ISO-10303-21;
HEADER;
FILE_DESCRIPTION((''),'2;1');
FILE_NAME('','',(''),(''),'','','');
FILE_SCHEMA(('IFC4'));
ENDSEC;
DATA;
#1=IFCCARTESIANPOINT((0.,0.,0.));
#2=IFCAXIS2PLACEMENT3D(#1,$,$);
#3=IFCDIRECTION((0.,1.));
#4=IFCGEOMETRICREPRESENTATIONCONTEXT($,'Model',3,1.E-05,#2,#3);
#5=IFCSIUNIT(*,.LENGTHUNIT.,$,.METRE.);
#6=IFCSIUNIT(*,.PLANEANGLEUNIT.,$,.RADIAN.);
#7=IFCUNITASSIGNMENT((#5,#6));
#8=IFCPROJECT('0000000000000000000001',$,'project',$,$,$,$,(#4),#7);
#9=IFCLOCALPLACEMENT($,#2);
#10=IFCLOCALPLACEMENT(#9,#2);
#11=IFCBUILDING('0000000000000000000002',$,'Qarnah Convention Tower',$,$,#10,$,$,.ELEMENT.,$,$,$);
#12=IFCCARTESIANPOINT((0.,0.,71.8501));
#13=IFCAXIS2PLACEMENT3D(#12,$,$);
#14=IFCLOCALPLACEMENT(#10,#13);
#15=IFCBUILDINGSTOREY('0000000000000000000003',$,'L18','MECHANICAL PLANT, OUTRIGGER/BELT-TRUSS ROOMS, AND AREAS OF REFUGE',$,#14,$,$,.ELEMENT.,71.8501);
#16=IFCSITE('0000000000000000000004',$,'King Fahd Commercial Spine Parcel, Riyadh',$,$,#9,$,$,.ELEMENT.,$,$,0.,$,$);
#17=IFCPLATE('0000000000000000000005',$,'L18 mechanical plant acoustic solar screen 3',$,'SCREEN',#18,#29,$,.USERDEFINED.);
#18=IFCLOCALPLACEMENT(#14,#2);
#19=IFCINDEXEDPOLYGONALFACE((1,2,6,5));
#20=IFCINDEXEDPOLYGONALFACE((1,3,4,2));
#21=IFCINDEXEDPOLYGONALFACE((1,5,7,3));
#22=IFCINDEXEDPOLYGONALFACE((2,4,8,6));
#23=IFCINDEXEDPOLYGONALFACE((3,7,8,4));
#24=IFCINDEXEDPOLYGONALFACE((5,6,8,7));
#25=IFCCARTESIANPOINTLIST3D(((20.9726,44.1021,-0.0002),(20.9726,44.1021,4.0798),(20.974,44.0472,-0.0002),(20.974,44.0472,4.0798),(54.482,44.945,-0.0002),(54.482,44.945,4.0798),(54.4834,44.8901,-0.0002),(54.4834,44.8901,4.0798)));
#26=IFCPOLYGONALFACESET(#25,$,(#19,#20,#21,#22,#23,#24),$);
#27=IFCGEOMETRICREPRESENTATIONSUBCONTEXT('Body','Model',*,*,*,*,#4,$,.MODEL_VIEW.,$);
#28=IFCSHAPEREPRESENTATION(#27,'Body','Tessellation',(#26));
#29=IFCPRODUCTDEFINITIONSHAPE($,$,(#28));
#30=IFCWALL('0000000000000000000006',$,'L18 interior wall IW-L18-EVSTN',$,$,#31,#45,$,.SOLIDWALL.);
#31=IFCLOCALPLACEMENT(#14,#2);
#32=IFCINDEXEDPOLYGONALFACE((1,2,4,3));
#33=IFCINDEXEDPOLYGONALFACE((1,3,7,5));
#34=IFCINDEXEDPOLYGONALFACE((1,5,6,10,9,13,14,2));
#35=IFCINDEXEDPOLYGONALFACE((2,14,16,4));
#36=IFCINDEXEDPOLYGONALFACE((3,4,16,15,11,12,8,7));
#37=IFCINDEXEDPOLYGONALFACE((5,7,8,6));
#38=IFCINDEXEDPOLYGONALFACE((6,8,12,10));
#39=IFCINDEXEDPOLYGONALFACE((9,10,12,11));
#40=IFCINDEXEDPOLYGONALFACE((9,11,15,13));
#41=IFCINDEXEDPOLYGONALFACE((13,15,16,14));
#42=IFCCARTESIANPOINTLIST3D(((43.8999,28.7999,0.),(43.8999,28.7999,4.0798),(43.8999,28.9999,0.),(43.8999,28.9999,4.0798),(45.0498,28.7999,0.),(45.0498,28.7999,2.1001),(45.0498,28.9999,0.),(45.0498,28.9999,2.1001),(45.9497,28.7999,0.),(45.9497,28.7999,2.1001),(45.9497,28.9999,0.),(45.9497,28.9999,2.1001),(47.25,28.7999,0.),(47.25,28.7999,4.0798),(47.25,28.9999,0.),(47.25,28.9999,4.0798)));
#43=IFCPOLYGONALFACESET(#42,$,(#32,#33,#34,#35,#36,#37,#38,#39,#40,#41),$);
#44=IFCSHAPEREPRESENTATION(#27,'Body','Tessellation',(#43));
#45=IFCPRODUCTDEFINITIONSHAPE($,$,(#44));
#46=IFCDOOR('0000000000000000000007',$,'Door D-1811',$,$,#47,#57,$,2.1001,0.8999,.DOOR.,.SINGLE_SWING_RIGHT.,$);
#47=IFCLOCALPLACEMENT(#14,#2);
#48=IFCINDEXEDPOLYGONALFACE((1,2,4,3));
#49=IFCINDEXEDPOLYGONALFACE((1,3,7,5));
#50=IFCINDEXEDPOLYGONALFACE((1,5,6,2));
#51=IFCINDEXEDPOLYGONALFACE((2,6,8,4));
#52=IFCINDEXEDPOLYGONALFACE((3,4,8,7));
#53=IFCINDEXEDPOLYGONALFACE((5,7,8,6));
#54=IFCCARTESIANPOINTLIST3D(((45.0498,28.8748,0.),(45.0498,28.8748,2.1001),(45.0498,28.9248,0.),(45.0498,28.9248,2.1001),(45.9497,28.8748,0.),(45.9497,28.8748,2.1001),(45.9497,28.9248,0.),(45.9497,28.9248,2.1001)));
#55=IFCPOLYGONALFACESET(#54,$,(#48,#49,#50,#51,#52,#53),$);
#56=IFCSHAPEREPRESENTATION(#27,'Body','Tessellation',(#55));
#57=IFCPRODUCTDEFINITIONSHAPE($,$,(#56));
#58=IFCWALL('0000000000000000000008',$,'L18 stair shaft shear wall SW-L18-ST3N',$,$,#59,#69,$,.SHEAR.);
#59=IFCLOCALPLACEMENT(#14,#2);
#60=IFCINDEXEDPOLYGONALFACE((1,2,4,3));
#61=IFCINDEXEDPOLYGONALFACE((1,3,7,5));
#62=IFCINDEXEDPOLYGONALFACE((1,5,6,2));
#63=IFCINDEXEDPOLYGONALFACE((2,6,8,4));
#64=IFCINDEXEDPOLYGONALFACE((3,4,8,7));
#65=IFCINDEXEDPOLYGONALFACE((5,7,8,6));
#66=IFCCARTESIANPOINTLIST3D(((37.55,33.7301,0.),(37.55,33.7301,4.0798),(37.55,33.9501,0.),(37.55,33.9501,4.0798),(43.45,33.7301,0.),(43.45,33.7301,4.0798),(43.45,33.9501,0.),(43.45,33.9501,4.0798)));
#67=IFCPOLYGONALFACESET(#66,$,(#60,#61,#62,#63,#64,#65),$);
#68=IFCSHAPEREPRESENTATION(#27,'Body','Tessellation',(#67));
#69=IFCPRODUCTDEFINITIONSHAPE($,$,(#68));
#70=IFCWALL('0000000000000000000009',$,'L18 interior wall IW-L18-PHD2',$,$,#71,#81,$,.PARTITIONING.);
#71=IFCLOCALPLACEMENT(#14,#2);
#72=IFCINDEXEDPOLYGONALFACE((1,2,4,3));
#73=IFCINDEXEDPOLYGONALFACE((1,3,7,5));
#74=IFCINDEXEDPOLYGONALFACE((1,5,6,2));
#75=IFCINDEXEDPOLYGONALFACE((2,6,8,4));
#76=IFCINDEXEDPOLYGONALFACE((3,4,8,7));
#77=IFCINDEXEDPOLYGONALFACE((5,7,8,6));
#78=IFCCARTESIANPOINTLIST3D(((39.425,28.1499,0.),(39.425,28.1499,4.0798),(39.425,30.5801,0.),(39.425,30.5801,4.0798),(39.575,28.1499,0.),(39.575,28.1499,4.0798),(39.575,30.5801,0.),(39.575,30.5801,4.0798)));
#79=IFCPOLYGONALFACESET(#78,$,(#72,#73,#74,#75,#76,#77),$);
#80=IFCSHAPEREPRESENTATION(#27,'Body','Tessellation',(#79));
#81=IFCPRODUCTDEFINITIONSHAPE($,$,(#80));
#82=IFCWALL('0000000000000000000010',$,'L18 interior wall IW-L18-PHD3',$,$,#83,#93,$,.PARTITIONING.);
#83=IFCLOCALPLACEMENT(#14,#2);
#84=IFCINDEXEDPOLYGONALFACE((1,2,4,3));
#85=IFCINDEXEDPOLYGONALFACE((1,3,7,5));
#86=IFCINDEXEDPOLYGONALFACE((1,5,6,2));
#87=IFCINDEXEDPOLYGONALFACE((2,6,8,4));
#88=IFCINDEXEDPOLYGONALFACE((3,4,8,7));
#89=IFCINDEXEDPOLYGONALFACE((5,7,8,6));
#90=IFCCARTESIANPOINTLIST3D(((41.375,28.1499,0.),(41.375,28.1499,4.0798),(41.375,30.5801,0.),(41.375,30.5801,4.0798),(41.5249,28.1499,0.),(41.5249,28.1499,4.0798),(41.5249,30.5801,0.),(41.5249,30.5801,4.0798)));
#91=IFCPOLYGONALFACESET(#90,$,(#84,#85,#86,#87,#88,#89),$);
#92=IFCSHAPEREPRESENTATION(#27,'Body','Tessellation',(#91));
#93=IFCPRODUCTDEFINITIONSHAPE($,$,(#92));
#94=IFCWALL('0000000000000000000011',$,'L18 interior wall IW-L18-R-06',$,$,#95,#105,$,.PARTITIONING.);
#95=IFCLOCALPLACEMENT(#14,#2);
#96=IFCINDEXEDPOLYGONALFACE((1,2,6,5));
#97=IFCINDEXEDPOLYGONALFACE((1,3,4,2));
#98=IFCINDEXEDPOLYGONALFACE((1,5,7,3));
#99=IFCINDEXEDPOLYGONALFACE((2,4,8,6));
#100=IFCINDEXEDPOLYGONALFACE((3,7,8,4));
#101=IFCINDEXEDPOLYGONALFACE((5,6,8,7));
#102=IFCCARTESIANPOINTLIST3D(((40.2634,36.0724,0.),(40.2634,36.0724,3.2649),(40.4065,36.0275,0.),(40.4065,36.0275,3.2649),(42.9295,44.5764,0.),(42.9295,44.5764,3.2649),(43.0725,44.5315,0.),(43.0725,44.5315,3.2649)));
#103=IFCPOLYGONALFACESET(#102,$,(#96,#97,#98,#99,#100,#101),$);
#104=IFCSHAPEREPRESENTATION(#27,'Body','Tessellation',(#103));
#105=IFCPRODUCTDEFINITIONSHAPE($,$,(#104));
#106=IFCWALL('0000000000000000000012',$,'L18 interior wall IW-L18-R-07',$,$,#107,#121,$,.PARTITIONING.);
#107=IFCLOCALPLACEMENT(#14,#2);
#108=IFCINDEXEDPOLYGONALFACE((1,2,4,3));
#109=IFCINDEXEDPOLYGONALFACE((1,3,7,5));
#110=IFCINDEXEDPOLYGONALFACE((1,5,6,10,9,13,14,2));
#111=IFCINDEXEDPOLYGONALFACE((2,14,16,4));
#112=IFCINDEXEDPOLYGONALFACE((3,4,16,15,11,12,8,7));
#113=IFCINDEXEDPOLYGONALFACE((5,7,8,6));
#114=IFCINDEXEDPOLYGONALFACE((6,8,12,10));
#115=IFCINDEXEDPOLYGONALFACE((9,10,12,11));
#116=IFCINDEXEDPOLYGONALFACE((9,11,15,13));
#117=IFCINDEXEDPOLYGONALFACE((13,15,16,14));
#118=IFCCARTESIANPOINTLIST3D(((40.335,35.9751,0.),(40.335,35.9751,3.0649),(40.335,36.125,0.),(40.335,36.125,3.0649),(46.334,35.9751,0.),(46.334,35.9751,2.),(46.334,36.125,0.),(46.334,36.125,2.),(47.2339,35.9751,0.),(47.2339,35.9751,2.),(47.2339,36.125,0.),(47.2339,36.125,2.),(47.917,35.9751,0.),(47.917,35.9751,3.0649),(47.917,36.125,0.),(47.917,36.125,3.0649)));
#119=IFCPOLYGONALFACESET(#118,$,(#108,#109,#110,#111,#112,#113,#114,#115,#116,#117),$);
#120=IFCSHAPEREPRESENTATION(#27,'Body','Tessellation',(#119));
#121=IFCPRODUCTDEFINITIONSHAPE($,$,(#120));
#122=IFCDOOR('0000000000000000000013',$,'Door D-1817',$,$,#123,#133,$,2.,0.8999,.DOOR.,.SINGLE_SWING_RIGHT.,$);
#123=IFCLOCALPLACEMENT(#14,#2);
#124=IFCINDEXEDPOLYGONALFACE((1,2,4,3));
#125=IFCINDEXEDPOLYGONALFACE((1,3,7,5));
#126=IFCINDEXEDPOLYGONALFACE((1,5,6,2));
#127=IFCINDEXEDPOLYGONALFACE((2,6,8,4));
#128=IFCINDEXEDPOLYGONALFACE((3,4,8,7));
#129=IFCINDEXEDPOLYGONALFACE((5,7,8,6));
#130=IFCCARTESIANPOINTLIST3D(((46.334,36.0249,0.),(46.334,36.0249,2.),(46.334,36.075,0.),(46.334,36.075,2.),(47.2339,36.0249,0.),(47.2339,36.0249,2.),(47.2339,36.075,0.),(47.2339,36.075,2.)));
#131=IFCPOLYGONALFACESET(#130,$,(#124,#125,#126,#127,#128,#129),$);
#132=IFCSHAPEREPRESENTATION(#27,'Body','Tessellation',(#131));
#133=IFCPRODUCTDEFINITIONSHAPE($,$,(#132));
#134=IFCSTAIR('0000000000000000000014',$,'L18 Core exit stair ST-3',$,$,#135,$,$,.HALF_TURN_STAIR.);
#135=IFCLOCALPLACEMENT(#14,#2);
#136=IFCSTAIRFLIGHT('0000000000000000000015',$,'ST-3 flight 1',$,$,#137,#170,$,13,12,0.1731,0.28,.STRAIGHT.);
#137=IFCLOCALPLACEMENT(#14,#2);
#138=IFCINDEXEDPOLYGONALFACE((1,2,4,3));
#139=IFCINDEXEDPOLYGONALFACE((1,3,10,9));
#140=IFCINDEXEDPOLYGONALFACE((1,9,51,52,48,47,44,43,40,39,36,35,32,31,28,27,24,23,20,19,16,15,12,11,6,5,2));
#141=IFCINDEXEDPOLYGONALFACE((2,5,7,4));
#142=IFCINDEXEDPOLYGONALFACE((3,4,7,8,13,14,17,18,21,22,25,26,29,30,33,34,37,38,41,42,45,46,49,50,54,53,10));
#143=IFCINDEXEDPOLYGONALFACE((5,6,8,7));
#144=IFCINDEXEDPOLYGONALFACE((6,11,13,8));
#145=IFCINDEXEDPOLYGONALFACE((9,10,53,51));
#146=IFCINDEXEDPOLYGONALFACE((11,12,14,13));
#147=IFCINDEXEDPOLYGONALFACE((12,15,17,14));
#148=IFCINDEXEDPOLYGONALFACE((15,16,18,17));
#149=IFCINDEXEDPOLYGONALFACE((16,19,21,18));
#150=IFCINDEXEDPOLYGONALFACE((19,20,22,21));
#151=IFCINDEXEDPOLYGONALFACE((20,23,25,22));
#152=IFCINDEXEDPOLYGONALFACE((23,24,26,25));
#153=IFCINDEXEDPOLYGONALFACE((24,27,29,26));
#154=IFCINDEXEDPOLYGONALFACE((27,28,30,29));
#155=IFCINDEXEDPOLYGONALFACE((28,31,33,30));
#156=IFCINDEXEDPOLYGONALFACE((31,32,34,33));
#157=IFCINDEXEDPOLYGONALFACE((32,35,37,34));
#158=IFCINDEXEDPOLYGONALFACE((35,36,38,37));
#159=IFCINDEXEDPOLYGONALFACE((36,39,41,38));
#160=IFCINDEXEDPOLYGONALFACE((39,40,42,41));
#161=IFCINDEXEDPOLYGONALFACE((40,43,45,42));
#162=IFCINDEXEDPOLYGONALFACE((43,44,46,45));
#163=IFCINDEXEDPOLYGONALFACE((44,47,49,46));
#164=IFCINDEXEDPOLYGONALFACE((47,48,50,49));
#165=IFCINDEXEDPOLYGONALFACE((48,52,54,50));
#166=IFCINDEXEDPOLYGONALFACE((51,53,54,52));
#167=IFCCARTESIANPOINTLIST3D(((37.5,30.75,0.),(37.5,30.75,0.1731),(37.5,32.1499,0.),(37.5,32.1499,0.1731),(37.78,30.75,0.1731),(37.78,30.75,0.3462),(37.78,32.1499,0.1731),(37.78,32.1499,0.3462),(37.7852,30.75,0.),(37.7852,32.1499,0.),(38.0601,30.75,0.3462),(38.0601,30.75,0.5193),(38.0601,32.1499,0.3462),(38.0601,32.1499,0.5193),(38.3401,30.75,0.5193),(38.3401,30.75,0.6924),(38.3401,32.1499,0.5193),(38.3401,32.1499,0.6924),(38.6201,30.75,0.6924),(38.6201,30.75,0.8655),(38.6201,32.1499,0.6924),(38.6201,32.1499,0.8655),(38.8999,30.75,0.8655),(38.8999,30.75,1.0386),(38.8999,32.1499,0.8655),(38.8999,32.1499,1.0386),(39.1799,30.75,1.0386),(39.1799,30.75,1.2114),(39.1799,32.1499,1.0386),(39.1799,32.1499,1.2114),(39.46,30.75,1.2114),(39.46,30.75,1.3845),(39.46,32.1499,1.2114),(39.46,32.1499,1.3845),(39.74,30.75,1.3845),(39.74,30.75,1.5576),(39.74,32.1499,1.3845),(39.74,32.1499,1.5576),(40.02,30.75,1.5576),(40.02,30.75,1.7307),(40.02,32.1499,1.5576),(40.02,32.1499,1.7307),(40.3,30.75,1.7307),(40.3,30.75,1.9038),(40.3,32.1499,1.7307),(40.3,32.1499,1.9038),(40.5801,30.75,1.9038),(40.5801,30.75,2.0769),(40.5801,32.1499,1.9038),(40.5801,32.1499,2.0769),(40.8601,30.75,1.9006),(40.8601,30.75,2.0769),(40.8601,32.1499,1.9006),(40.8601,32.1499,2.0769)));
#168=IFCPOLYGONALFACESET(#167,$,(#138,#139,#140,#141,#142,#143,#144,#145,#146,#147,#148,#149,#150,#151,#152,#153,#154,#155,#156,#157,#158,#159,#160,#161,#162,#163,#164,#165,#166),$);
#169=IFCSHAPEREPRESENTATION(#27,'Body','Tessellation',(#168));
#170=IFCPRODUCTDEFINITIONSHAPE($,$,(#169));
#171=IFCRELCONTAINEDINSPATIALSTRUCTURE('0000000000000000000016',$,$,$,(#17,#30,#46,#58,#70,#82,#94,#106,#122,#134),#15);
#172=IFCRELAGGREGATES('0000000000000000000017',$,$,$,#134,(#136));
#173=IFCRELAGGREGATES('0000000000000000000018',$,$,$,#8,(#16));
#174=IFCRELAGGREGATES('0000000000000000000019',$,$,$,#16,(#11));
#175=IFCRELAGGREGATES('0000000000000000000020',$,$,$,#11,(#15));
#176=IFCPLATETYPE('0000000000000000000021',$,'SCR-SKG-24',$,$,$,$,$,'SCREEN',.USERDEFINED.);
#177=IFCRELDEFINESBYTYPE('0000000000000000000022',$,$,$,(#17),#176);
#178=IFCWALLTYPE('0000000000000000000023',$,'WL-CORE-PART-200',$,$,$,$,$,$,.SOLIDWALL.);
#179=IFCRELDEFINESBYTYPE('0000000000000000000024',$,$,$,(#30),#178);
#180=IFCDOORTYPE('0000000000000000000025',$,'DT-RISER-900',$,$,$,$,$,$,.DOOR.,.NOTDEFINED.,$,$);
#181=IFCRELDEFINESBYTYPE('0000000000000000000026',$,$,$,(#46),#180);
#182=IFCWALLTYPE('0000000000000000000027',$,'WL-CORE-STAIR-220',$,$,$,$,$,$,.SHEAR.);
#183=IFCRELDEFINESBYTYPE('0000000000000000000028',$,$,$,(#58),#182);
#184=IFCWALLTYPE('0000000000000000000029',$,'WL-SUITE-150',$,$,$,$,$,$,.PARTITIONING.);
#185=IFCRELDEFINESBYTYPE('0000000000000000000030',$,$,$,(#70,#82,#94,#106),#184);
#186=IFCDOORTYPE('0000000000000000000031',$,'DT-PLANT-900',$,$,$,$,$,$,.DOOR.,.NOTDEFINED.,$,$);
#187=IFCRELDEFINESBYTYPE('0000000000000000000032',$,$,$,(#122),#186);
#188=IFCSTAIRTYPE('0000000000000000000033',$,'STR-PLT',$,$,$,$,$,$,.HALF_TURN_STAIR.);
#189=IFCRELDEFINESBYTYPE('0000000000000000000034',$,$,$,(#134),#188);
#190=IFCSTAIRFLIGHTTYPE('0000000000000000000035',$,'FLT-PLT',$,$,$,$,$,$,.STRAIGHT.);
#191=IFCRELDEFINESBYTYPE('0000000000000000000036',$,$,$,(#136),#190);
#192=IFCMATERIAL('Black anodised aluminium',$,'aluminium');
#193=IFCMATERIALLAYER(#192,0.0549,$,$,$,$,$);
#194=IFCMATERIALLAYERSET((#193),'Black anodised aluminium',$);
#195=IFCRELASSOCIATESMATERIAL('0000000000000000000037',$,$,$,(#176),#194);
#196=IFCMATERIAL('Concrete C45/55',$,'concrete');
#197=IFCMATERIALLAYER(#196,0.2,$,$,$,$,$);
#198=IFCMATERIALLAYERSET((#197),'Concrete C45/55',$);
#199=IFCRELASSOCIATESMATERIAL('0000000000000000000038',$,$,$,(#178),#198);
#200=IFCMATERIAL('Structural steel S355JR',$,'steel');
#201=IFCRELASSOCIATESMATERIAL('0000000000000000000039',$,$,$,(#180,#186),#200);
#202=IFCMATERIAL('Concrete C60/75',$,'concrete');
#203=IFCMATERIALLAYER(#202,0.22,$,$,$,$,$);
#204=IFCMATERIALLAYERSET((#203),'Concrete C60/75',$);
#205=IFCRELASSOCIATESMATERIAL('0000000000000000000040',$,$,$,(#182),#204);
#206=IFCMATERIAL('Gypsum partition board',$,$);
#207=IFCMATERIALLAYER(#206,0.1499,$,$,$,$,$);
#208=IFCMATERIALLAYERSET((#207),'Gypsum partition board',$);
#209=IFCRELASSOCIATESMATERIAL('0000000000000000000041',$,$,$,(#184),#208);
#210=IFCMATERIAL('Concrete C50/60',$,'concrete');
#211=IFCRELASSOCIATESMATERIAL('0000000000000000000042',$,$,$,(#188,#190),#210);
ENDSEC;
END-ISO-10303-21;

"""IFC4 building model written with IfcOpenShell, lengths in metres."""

from ifc_helpers import new_model, si_unit, direction, frame, frame_2d, origin, origin_2d, place, context, subcontext, project, spatial, polyline, rectangle, outline, extrude, material, layer, layer_set, type_object, element, fill, aggregate, save


model = new_model("IFC4")

# Units and contexts
model_context = context("Model", 3, precision=1e-05, world=origin(), true_north=direction((0.0, 1.0)))
body_context = subcontext(model_context, "Body", "Model", "MODEL_VIEW")
ifc_project = project(units=[si_unit("LENGTHUNIT", "METRE"), si_unit("PLANEANGLEUNIT", "RADIAN")], contexts=[model_context])

# Site, building, storey
site_placement = place(None, origin())
site = spatial("IfcSite", under=ifc_project, at=site_placement, Name="King Fahd Commercial Spine Parcel, Riyadh", CompositionType="ELEMENT", RefElevation=0.0)
building_placement = place(site_placement, origin())
building = spatial("IfcBuilding", under=site, at=building_placement, Name="Qarnah Convention Tower", CompositionType="ELEMENT")
storey_placement = place(building_placement, frame((0.0, 0.0, 71.8501)))
storey = spatial("IfcBuildingStorey", under=building, at=storey_placement, Name="L18", Description="MECHANICAL PLANT, OUTRIGGER/BELT-TRUSS ROOMS, AND AREAS OF REFUGE", CompositionType="ELEMENT", Elevation=71.8501)

# Shared definitions
ifc_material_1 = material(Name="Concrete C60/75", Category="concrete")

# Shared definitions
ifc_material_2 = material(Name="Structural steel S355JR", Category="steel")

# Plate
ifc_material_3 = material(Name="Black anodised aluminium", Category="aluminium")
ifc_layer_1 = layer(ifc_material_3, 0.0549)
ifc_layer_set_1 = layer_set([ifc_layer_1], Name="Black anodised aluminium")
plate_type_1 = type_object("IfcPlateType", Name="SCR-SKG-24", ElementType="SCREEN", PredefinedType="USERDEFINED", material=ifc_layer_set_1)
plate_1_placement = place(storey_placement, frame((37.728, 44.4961, -0.0002), z_axis=(0.0, 0.0, 1.0), x_axis=(0.999684, 0.025144, 0.0)))
element("IfcPlate", 1, at=plate_1_placement, inside=storey, type_object=plate_type_1, Name="L18 mechanical plant acoustic solar screen 3", ObjectType="SCREEN", PredefinedType="USERDEFINED", context=body_context, shape_type="SweptSolid", body=[
    extrude(rectangle(XDim=33.52, YDim=0.0549, at=origin_2d()), origin(), (0.0, 0.0, 1.0), 4.0801),
])

# Wall, opening, door
ifc_material_4 = material(Name="Concrete C45/55", Category="concrete")
ifc_layer_2 = layer(ifc_material_4, 0.2)
ifc_layer_set_2 = layer_set([ifc_layer_2], Name="Concrete C45/55")
wall_type_1 = type_object("IfcWallType", Name="WL-CORE-PART-200", PredefinedType="SOLIDWALL", material=ifc_layer_set_2)
wall_1_placement = place(storey_placement, frame((43.8999, 28.8999, 0.0), z_axis=(0.0, 0.0, 1.0), x_axis=(1.0, 0.0, 0.0)))
wall_1 = element("IfcWall", 2, at=wall_1_placement, inside=storey, type_object=wall_type_1, Name="L18 interior wall IW-L18-EVSTN", PredefinedType="SOLIDWALL", context=body_context, shape_type="SweptSolid", body=[
    extrude(rectangle(XDim=3.3501, YDim=0.2, at=frame_2d((1.675, 0.0))), origin(), (0.0, 0.0, 1.0), 4.0798),
])
opening_1_placement = place(wall_1_placement, frame((1.1499, 0.0, 0.0)))
opening_1 = element("IfcOpeningElement", 3, at=opening_1_placement, cuts=wall_1, PredefinedType="OPENING", context=body_context, shape_type="SweptSolid", body=[
    extrude(rectangle(XDim=0.8999, YDim=2.1001, at=frame_2d((0.45, 1.05))), frame((0.0, 0.1099, 0.0), z_axis=(0.0, -1.0, 0.0), x_axis=(1.0, 0.0, 0.0)), (0.0, 0.0, 1.0), 0.22),
])
door_type_1 = type_object("IfcDoorType", Name="DT-RISER-900", OperationType="NOTDEFINED", PredefinedType="DOOR", material=ifc_material_2)
door_1_placement = place(opening_1_placement, origin())
door_1 = element("IfcDoor", 4, at=door_1_placement, inside=storey, type_object=door_type_1, Name="Door D-1811", OperationType="SINGLE_SWING_RIGHT", OverallHeight=2.1001, OverallWidth=0.8999, PredefinedType="DOOR", context=body_context, shape_type="SweptSolid", body=[
    extrude(rectangle(XDim=0.8999, YDim=2.1001, at=frame_2d((0.45, 1.05))), frame((0.0, 0.0249, 0.0), z_axis=(0.0, -1.0, 0.0), x_axis=(1.0, 0.0, 0.0)), (0.0, 0.0, 1.0), 0.05),
])
fill(opening_1, door_1)

# Walls
ifc_layer_3 = layer(ifc_material_1, 0.22)
ifc_layer_set_3 = layer_set([ifc_layer_3], Name="Concrete C60/75")
wall_type_2 = type_object("IfcWallType", Name="WL-CORE-STAIR-220", PredefinedType="SHEAR", material=ifc_layer_set_3)
wall_2_placement = place(storey_placement, frame((37.55, 33.8401, 0.0), z_axis=(0.0, 0.0, 1.0), x_axis=(1.0, 0.0, 0.0)))
element("IfcWall", 5, at=wall_2_placement, inside=storey, type_object=wall_type_2, Name="L18 stair shaft shear wall SW-L18-ST3N", PredefinedType="SHEAR", context=body_context, shape_type="SweptSolid", body=[
    extrude(rectangle(XDim=5.8999, YDim=0.22, at=frame_2d((2.95, 0.0))), origin(), (0.0, 0.0, 1.0), 4.0798),
])
ifc_material_5 = material(Name="Gypsum partition board")
ifc_layer_4 = layer(ifc_material_5, 0.1499)
ifc_layer_set_4 = layer_set([ifc_layer_4], Name="Gypsum partition board")
wall_type_3 = type_object("IfcWallType", Name="WL-SUITE-150", PredefinedType="PARTITIONING", material=ifc_layer_set_4)
for number, where, z_axis, x_axis, name in (
    (6, (39.5, 28.1499, 0.0), (0.0, 0.0, 1.0), (0.0, 1.0, 0.0), "L18 interior wall IW-L18-PHD2"),
    (7, (41.45, 28.1499, 0.0), (0.0, 0.0, 1.0), (0.0, 1.0, 0.0), "L18 interior wall IW-L18-PHD3"),
):
    element("IfcWall", number, at=place(storey_placement, frame(where, z_axis=z_axis, x_axis=x_axis)), inside=storey, type_object=wall_type_3, Name=name, PredefinedType="PARTITIONING", context=body_context, shape_type="SweptSolid", body=[
        extrude(rectangle(XDim=2.4302, YDim=0.1499, at=frame_2d((1.2151, 0.0))), origin(), (0.0, 0.0, 1.0), 4.0798),
    ])
wall_3_placement = place(storey_placement, frame((43.001, 44.554, 0.0), z_axis=(0.0, 0.0, 1.0), x_axis=(-0.299148, -0.954207, 0.0)))
element("IfcWall", 8, at=wall_3_placement, inside=storey, type_object=wall_type_3, Name="L18 interior wall IW-L18-R-06", PredefinedType="PARTITIONING", context=body_context, shape_type="SweptSolid", body=[
    extrude(rectangle(XDim=8.9121, YDim=0.1499, at=frame_2d((4.4561, 0.0))), origin(), (0.0, 0.0, 1.0), 3.2649),
])

# Wall, opening, door
wall_4_placement = place(storey_placement, frame((40.335, 36.05, 0.0), z_axis=(0.0, 0.0, 1.0), x_axis=(1.0, 0.0, 0.0)))
wall_4 = element("IfcWall", 9, at=wall_4_placement, inside=storey, type_object=wall_type_3, Name="L18 interior wall IW-L18-R-07", PredefinedType="PARTITIONING", context=body_context, shape_type="SweptSolid", body=[
    extrude(rectangle(XDim=7.582, YDim=0.1499, at=frame_2d((3.791, 0.0))), origin(), (0.0, 0.0, 1.0), 3.0649),
])
opening_2_placement = place(wall_4_placement, frame((5.999, 0.0, 0.0)))
opening_2 = element("IfcOpeningElement", 10, at=opening_2_placement, cuts=wall_4, PredefinedType="OPENING", context=body_context, shape_type="SweptSolid", body=[
    extrude(rectangle(XDim=0.8999, YDim=2.0, at=frame_2d((0.45, 1.0))), frame((0.0, 0.085, 0.0), z_axis=(0.0, -1.0, 0.0), x_axis=(1.0, 0.0, 0.0)), (0.0, 0.0, 1.0), 0.1699),
])
door_type_2 = type_object("IfcDoorType", Name="DT-PLANT-900", OperationType="NOTDEFINED", PredefinedType="DOOR", material=ifc_material_2)
door_2_placement = place(opening_2_placement, origin())
door_2 = element("IfcDoor", 11, at=door_2_placement, inside=storey, type_object=door_type_2, Name="Door D-1817", OperationType="SINGLE_SWING_RIGHT", OverallHeight=2.0, OverallWidth=0.8999, PredefinedType="DOOR", context=body_context, shape_type="SweptSolid", body=[
    extrude(rectangle(XDim=0.8999, YDim=2.0, at=frame_2d((0.45, 1.0))), frame((0.0, 0.0249, 0.0), z_axis=(0.0, -1.0, 0.0), x_axis=(1.0, 0.0, 0.0)), (0.0, 0.0, 1.0), 0.05),
])
fill(opening_2, door_2)

# Stair, stair flight
ifc_material_6 = material(Name="Concrete C50/60", Category="concrete")
stair_type = type_object("IfcStairType", Name="STR-PLT", PredefinedType="HALF_TURN_STAIR", material=ifc_material_6)
stair_placement = place(storey_placement, origin())
stair = element("IfcStair", 12, at=stair_placement, inside=storey, type_object=stair_type, Name="L18 Core exit stair ST-3", PredefinedType="HALF_TURN_STAIR")
stair_flight_type = type_object("IfcStairFlightType", Name="FLT-PLT", PredefinedType="STRAIGHT", material=ifc_material_6)
stair_flight_1_placement = place(storey_placement, frame((37.5, 31.45, 0.0), z_axis=(0.0, 0.0, 1.0), x_axis=(1.0, 0.0, 0.0)))
stair_flight_1 = element("IfcStairFlight", 13, at=stair_flight_1_placement, type_object=stair_flight_type, Name="ST-3 flight 1", NumberOfRisers=13, NumberOfTreads=12, PredefinedType="STRAIGHT", RiserHeight=0.1731, TreadLength=0.28, context=body_context, shape_type="SweptSolid", body=[
    extrude(outline(polyline([(0.0, 0.0), (0.0, 0.1731), (0.28, 0.1731), (0.28, 0.3462), (0.5601, 0.3462), (0.5601, 0.5193), (0.8401, 0.5193), (0.8401, 0.6924), (1.1201, 0.6924), (1.1201, 0.8655), (1.3999, 0.8655), (1.3999, 1.0386), (1.6799, 1.0386), (1.6799, 1.2114), (1.96, 1.2114), (1.96, 1.3845), (2.24, 1.3845), (2.24, 1.5576), (2.52, 1.5576), (2.52, 1.7307), (2.8, 1.7307), (2.8, 1.9038), (3.0801, 1.9038), (3.0801, 2.0769), (3.3601, 2.0769), (3.3601, 2.25), (3.3601, 1.9006), (0.2852, 0.0), (0.0, 0.0)])), frame((0.0, 0.7, 0.0), z_axis=(0.0, -1.0, 0.0), x_axis=(1.0, 0.0, 0.0)), (0.0, 0.0, 1.0), 1.3999),
])
aggregate(stair, [stair_flight_1])

save(model, "model.ifc")
